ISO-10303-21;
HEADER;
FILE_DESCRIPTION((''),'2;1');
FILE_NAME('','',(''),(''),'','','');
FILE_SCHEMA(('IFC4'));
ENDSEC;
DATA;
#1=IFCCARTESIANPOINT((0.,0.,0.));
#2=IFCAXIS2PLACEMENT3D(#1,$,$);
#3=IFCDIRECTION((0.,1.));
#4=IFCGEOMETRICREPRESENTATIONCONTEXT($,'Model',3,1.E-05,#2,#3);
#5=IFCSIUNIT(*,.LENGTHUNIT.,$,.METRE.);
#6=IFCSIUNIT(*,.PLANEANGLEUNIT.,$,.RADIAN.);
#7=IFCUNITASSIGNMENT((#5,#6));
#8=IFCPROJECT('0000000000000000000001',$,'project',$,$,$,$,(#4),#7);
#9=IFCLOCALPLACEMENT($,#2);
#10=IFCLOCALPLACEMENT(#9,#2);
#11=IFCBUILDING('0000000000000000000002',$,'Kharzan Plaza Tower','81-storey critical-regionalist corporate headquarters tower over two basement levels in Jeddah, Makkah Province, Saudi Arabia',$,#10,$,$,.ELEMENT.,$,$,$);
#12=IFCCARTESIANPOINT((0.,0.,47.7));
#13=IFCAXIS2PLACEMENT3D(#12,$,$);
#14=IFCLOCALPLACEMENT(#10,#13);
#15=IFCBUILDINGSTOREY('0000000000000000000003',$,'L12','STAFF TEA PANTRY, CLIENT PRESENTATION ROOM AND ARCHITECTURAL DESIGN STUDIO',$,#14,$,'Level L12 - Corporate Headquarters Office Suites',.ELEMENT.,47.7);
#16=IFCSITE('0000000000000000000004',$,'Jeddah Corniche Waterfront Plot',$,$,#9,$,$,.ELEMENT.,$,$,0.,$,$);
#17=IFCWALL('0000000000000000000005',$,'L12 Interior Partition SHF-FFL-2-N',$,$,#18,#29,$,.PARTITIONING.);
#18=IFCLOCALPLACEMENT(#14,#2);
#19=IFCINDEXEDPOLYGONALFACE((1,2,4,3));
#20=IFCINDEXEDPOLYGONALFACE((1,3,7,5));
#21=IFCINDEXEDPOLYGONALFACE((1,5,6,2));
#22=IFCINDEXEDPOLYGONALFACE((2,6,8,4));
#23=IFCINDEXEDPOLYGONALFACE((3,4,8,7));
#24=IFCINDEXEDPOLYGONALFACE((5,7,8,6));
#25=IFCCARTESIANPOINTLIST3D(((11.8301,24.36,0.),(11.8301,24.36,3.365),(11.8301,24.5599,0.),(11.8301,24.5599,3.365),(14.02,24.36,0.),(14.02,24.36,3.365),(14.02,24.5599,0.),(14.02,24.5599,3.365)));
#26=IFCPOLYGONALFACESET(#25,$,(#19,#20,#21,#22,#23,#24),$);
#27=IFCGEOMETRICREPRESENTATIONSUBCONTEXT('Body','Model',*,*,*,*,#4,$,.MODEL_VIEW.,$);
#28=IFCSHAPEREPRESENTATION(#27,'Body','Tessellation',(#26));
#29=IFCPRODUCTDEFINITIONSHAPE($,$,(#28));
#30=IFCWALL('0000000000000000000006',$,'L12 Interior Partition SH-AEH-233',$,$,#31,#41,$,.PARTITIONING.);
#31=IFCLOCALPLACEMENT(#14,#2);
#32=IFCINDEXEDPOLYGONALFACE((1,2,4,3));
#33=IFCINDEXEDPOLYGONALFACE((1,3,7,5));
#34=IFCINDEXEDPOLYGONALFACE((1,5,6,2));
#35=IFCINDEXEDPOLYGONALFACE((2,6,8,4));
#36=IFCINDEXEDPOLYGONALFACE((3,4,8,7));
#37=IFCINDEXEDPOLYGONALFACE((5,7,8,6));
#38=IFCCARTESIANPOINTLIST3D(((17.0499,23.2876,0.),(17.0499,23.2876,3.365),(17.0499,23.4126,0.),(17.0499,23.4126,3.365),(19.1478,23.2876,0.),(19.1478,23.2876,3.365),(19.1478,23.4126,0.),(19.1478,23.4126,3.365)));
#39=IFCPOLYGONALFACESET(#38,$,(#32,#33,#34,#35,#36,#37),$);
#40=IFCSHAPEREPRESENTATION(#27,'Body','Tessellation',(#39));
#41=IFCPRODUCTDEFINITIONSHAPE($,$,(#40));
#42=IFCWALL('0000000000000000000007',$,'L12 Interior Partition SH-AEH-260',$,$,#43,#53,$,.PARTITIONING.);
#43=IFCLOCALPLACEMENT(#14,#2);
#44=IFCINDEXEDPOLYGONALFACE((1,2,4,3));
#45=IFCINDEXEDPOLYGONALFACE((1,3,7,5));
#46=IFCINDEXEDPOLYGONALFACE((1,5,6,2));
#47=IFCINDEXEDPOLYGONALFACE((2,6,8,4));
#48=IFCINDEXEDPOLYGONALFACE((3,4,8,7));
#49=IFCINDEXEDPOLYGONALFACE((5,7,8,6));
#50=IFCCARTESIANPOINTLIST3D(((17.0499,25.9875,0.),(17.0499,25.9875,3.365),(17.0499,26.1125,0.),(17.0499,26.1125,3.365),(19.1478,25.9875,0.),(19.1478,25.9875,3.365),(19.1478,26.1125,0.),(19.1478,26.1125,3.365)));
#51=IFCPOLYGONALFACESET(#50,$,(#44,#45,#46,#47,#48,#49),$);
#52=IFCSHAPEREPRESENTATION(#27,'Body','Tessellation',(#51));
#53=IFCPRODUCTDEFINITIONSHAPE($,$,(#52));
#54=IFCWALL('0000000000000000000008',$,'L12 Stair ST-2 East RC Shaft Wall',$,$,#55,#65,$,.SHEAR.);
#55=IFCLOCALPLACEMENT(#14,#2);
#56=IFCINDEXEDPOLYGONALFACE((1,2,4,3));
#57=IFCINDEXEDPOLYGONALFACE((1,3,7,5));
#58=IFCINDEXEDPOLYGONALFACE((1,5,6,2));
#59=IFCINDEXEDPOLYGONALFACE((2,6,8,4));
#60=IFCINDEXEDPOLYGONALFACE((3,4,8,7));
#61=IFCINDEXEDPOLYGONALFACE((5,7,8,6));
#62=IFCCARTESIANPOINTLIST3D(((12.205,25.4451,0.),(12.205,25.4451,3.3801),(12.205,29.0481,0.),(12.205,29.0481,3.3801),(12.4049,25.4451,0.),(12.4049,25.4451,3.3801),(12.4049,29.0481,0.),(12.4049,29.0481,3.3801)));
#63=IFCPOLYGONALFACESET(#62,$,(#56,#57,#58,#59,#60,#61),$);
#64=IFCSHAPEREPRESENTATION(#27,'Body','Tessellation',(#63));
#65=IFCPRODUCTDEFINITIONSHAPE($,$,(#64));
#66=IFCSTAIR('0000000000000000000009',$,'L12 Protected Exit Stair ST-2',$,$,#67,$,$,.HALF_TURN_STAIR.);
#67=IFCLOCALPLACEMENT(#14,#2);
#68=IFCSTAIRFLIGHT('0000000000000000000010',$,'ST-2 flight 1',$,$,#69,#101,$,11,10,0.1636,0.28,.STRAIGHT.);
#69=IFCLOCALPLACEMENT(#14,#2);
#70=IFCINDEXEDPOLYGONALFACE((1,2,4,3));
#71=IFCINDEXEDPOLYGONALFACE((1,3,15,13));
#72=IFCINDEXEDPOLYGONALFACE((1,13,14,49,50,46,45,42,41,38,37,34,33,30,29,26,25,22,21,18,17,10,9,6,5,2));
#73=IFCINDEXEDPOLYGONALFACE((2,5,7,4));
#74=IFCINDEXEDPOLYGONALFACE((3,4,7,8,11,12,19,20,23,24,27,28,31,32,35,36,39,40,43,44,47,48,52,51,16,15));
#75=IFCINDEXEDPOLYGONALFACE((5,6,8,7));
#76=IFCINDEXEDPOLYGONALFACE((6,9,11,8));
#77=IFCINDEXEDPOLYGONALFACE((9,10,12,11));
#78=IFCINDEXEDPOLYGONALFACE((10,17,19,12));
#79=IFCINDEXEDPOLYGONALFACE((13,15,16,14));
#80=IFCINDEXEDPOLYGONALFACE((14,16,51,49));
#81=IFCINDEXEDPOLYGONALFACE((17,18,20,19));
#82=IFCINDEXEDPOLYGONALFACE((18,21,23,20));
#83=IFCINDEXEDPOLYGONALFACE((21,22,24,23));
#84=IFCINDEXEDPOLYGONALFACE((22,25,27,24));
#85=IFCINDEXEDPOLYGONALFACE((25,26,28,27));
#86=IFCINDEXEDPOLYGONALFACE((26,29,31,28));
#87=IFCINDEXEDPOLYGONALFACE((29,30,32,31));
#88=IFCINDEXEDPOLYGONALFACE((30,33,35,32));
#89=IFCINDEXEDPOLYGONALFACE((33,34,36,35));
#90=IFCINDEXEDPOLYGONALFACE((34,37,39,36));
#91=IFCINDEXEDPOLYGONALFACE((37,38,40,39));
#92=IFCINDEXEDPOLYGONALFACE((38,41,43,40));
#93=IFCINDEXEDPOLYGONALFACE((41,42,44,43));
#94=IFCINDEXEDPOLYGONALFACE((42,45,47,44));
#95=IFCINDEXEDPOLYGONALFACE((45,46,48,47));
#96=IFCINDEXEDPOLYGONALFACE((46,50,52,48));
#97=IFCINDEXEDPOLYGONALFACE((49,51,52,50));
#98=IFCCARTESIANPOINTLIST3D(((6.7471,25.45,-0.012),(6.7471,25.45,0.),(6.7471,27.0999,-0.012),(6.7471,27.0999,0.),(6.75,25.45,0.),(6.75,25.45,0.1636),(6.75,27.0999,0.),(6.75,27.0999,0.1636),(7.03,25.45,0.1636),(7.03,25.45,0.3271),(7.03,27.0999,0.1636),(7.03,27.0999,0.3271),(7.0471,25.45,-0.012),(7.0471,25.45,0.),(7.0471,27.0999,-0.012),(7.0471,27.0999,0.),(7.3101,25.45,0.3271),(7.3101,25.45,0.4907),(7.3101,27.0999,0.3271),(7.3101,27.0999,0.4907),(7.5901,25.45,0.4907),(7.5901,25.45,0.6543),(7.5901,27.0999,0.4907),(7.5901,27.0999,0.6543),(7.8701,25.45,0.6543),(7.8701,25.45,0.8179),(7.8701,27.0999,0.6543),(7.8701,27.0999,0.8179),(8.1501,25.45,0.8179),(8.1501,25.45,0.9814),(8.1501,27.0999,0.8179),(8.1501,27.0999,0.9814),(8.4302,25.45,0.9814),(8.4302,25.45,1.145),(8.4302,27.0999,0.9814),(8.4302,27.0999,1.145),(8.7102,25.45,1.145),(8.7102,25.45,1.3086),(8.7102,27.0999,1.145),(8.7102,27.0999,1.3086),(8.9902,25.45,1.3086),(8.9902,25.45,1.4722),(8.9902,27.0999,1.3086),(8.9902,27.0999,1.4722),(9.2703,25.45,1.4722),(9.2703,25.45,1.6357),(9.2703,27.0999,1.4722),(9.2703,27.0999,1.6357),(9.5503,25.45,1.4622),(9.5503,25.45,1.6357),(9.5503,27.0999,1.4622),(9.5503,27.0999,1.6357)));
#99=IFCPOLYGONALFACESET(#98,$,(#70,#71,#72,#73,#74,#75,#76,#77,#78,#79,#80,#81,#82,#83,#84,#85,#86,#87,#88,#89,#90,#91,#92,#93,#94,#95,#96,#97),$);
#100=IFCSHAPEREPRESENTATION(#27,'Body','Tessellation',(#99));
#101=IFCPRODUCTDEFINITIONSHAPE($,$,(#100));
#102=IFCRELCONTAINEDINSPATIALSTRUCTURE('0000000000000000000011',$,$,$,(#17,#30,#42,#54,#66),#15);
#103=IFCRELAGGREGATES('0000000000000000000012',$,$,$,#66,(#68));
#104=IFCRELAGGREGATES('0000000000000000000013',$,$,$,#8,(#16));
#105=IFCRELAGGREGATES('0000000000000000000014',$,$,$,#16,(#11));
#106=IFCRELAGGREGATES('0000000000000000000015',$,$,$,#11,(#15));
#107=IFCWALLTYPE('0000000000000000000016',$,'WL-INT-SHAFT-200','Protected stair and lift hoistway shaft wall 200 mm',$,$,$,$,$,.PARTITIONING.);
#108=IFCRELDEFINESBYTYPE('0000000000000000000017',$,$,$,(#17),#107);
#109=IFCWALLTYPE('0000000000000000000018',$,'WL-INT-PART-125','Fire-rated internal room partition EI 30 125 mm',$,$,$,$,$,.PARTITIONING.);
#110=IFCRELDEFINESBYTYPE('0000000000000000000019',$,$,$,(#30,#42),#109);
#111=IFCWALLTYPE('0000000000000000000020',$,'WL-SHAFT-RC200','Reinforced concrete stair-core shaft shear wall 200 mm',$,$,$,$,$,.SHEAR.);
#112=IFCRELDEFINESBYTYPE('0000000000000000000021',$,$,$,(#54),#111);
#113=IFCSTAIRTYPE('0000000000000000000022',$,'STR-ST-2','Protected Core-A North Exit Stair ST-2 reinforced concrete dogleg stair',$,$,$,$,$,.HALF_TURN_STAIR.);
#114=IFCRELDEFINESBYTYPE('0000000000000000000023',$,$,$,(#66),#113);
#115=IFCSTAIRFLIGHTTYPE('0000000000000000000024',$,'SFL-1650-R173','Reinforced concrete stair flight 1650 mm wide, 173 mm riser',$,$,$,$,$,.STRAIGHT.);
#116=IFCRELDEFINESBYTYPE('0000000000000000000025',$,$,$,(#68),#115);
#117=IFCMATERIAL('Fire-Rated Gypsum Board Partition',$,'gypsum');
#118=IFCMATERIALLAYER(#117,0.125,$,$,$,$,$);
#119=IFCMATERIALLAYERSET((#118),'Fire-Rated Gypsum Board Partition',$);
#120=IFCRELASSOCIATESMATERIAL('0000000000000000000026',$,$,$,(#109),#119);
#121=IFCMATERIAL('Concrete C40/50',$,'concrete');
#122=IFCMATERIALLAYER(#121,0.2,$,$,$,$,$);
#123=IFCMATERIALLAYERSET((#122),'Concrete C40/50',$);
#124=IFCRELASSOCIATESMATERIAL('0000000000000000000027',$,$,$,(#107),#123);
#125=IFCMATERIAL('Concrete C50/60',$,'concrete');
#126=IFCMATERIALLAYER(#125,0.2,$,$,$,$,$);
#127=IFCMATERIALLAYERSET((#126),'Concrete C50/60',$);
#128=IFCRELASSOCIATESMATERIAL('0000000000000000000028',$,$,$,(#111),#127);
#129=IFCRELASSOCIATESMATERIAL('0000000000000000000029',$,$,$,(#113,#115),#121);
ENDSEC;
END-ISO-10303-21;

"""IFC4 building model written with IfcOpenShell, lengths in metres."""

from ifc_helpers import new_model, si_unit, direction, frame, frame_2d, origin, place, context, subcontext, project, spatial, polyline, rectangle, outline, extrude, source, transform, mapped, material, layer, layer_set, type_object, element, aggregate, save


model = new_model("IFC4")

# Units and contexts
model_context = context("Model", 3, precision=1e-05, world=origin(), true_north=direction((0.0, 1.0)))
body_context = subcontext(model_context, "Body", "Model", "MODEL_VIEW")
ifc_project = project(units=[si_unit("LENGTHUNIT", "METRE"), si_unit("PLANEANGLEUNIT", "RADIAN")], contexts=[model_context])

# Site, building, storey
site_placement = place(None, origin())
site = spatial("IfcSite", under=ifc_project, at=site_placement, Name="Jeddah Corniche Waterfront Plot", CompositionType="ELEMENT", RefElevation=0.0)
building_placement = place(site_placement, origin())
building = spatial("IfcBuilding", under=site, at=building_placement, Name="Kharzan Plaza Tower", Description="81-storey critical-regionalist corporate headquarters tower over two basement levels in Jeddah, Makkah Province, Saudi Arabia", CompositionType="ELEMENT")
storey_placement = place(building_placement, frame((0.0, 0.0, 47.7)))
storey = spatial("IfcBuildingStorey", under=building, at=storey_placement, Name="L12", Description="STAFF TEA PANTRY, CLIENT PRESENTATION ROOM AND ARCHITECTURAL DESIGN STUDIO", LongName="Level L12 - Corporate Headquarters Office Suites", CompositionType="ELEMENT", Elevation=47.7)

# Shared definitions
ifc_material_1 = material(Name="Fire-Rated Gypsum Board Partition", Category="gypsum")
ifc_layer_1 = layer(ifc_material_1, 0.125)
ifc_layer_set_1 = layer_set([ifc_layer_1], Name="Fire-Rated Gypsum Board Partition")
wall_type_1 = type_object("IfcWallType", Name="WL-INT-PART-125", Description="Fire-rated internal room partition EI 30 125 mm", PredefinedType="PARTITIONING", material=ifc_layer_set_1)
ifc_material_2 = material(Name="Concrete C40/50", Category="concrete")
ifc_layer_2 = layer(ifc_material_2, 0.2)
ifc_layer_set_2 = layer_set([ifc_layer_2], Name="Concrete C40/50")
wall_type_2 = type_object("IfcWallType", Name="WL-INT-SHAFT-200", Description="Protected stair and lift hoistway shaft wall 200 mm", PredefinedType="PARTITIONING", material=ifc_layer_set_2)
ifc_material_3 = material(Name="Concrete C50/60", Category="concrete")
ifc_layer_3 = layer(ifc_material_3, 0.2)
ifc_layer_set_3 = layer_set([ifc_layer_3], Name="Concrete C50/60")
wall_type_3 = type_object("IfcWallType", Name="WL-SHAFT-RC200", Description="Reinforced concrete stair-core shaft shear wall 200 mm", PredefinedType="SHEAR", material=ifc_layer_set_3)

# Walls
shared_shape_1 = source(origin(), body_context, "Body", "SweptSolid", [
    extrude(rectangle(XDim=2.1899, YDim=0.2, at=frame_2d((1.095, 0.0))), origin(), (0.0, 0.0, 1.0), 3.365),
])
for number, where, z_axis, x_axis, name in (
    (1, (11.8301, 24.46, 0.0), (0.0, 0.0, 1.0), (1.0, 0.0, 0.0), "L12 Interior Partition SHF-FFL-2-N"),
):
    element("IfcWall", number, at=place(storey_placement, frame(where, z_axis=z_axis, x_axis=x_axis)), inside=storey, type_object=wall_type_2, Name=name, PredefinedType="PARTITIONING", context=body_context, shape_type="MappedRepresentation", body=[
        mapped(shared_shape_1, transform((0.0, 0.0, 0.0), x_axis=(1.0, 0.0, 0.0), y_axis=(0.0, 1.0, 0.0), z_axis=(0.0, 0.0, 1.0))),
    ])
shared_shape_2 = source(origin(), body_context, "Body", "SweptSolid", [
    extrude(rectangle(XDim=2.0979, YDim=0.125, at=frame_2d((1.0488, 0.0))), origin(), (0.0, 0.0, 1.0), 3.365),
])
for number, where, z_axis, x_axis, name in (
    (2, (17.05, 23.3501, 0.0), (0.0, 0.0, 1.0), (1.0, 0.0, 0.0), "L12 Interior Partition SH-AEH-233"),
    (3, (17.05, 26.05, 0.0), (0.0, 0.0, 1.0), (1.0, 0.0, 0.0), "L12 Interior Partition SH-AEH-260"),
):
    element("IfcWall", number, at=place(storey_placement, frame(where, z_axis=z_axis, x_axis=x_axis)), inside=storey, type_object=wall_type_1, Name=name, PredefinedType="PARTITIONING", context=body_context, shape_type="MappedRepresentation", body=[
        mapped(shared_shape_2, transform((0.0, 0.0, 0.0), x_axis=(1.0, 0.0, 0.0), y_axis=(0.0, 1.0, 0.0), z_axis=(0.0, 0.0, 1.0))),
    ])
shared_shape_3 = source(origin(), body_context, "Body", "SweptSolid", [
    extrude(rectangle(XDim=3.603, YDim=0.2, at=frame_2d((1.8015, 0.0))), origin(), (0.0, 0.0, 1.0), 3.3801),
])
wall_1_placement = place(storey_placement, frame((12.3049, 25.4451, 0.0), z_axis=(0.0, 0.0, 1.0), x_axis=(0.0, 1.0, 0.0)))
element("IfcWall", 4, at=wall_1_placement, inside=storey, type_object=wall_type_3, Name="L12 Stair ST-2 East RC Shaft Wall", PredefinedType="SHEAR", context=body_context, shape_type="MappedRepresentation", body=[
    mapped(shared_shape_3, transform((0.0, 0.0, 0.0), x_axis=(1.0, 0.0, 0.0), y_axis=(0.0, 1.0, 0.0), z_axis=(0.0, 0.0, 1.0))),
])

# Stair, stair flight
stair_type = type_object("IfcStairType", Name="STR-ST-2", Description="Protected Core-A North Exit Stair ST-2 reinforced concrete dogleg stair", PredefinedType="HALF_TURN_STAIR", material=ifc_material_2)
stair_placement = place(storey_placement, origin())
stair = element("IfcStair", 5, at=stair_placement, inside=storey, type_object=stair_type, Name="L12 Protected Exit Stair ST-2", PredefinedType="HALF_TURN_STAIR")
stair_flight_type = type_object("IfcStairFlightType", Name="SFL-1650-R173", Description="Reinforced concrete stair flight 1650 mm wide, 173 mm riser", PredefinedType="STRAIGHT", material=ifc_material_2)
shared_shape_4 = source(origin(), body_context, "Body", "SweptSolid", [
    extrude(outline(polyline([(-0.0029, -0.012), (-0.0029, 0.0), (0.0, 0.0), (0.0, 0.1636), (0.28, 0.1636), (0.28, 0.3271), (0.5601, 0.3271), (0.5601, 0.4907), (0.8401, 0.4907), (0.8401, 0.6543), (1.1201, 0.6543), (1.1201, 0.8179), (1.4001, 0.8179), (1.4001, 0.9814), (1.6802, 0.9814), (1.6802, 1.145), (1.9602, 1.145), (1.9602, 1.3086), (2.2402, 1.3086), (2.2402, 1.4722), (2.5203, 1.4722), (2.5203, 1.6357), (2.8003, 1.6357), (2.8003, 1.7993), (2.8003, 1.4622), (0.2971, 0.0), (0.2971, -0.012), (-0.0029, -0.012)])), frame((0.0, 0.825, 0.0), z_axis=(0.0, -1.0, 0.0), x_axis=(1.0, 0.0, 0.0)), (0.0, 0.0, 1.0), 1.6499),
])
stair_flight_placement = place(storey_placement, frame((6.75, 26.2749, 0.0), z_axis=(0.0, 0.0, 1.0), x_axis=(1.0, 0.0, 0.0)))
stair_flight = element("IfcStairFlight", 6, at=stair_flight_placement, type_object=stair_flight_type, Name="ST-2 flight 1", NumberOfRisers=11, NumberOfTreads=10, PredefinedType="STRAIGHT", RiserHeight=0.1636, TreadLength=0.28, context=body_context, shape_type="MappedRepresentation", body=[
    mapped(shared_shape_4, transform((0.0, 0.0, 0.0), x_axis=(1.0, 0.0, 0.0), y_axis=(0.0, 1.0, 0.0), z_axis=(0.0, 0.0, 1.0))),
])
aggregate(stair, [stair_flight])

save(model, "model.ifc")
